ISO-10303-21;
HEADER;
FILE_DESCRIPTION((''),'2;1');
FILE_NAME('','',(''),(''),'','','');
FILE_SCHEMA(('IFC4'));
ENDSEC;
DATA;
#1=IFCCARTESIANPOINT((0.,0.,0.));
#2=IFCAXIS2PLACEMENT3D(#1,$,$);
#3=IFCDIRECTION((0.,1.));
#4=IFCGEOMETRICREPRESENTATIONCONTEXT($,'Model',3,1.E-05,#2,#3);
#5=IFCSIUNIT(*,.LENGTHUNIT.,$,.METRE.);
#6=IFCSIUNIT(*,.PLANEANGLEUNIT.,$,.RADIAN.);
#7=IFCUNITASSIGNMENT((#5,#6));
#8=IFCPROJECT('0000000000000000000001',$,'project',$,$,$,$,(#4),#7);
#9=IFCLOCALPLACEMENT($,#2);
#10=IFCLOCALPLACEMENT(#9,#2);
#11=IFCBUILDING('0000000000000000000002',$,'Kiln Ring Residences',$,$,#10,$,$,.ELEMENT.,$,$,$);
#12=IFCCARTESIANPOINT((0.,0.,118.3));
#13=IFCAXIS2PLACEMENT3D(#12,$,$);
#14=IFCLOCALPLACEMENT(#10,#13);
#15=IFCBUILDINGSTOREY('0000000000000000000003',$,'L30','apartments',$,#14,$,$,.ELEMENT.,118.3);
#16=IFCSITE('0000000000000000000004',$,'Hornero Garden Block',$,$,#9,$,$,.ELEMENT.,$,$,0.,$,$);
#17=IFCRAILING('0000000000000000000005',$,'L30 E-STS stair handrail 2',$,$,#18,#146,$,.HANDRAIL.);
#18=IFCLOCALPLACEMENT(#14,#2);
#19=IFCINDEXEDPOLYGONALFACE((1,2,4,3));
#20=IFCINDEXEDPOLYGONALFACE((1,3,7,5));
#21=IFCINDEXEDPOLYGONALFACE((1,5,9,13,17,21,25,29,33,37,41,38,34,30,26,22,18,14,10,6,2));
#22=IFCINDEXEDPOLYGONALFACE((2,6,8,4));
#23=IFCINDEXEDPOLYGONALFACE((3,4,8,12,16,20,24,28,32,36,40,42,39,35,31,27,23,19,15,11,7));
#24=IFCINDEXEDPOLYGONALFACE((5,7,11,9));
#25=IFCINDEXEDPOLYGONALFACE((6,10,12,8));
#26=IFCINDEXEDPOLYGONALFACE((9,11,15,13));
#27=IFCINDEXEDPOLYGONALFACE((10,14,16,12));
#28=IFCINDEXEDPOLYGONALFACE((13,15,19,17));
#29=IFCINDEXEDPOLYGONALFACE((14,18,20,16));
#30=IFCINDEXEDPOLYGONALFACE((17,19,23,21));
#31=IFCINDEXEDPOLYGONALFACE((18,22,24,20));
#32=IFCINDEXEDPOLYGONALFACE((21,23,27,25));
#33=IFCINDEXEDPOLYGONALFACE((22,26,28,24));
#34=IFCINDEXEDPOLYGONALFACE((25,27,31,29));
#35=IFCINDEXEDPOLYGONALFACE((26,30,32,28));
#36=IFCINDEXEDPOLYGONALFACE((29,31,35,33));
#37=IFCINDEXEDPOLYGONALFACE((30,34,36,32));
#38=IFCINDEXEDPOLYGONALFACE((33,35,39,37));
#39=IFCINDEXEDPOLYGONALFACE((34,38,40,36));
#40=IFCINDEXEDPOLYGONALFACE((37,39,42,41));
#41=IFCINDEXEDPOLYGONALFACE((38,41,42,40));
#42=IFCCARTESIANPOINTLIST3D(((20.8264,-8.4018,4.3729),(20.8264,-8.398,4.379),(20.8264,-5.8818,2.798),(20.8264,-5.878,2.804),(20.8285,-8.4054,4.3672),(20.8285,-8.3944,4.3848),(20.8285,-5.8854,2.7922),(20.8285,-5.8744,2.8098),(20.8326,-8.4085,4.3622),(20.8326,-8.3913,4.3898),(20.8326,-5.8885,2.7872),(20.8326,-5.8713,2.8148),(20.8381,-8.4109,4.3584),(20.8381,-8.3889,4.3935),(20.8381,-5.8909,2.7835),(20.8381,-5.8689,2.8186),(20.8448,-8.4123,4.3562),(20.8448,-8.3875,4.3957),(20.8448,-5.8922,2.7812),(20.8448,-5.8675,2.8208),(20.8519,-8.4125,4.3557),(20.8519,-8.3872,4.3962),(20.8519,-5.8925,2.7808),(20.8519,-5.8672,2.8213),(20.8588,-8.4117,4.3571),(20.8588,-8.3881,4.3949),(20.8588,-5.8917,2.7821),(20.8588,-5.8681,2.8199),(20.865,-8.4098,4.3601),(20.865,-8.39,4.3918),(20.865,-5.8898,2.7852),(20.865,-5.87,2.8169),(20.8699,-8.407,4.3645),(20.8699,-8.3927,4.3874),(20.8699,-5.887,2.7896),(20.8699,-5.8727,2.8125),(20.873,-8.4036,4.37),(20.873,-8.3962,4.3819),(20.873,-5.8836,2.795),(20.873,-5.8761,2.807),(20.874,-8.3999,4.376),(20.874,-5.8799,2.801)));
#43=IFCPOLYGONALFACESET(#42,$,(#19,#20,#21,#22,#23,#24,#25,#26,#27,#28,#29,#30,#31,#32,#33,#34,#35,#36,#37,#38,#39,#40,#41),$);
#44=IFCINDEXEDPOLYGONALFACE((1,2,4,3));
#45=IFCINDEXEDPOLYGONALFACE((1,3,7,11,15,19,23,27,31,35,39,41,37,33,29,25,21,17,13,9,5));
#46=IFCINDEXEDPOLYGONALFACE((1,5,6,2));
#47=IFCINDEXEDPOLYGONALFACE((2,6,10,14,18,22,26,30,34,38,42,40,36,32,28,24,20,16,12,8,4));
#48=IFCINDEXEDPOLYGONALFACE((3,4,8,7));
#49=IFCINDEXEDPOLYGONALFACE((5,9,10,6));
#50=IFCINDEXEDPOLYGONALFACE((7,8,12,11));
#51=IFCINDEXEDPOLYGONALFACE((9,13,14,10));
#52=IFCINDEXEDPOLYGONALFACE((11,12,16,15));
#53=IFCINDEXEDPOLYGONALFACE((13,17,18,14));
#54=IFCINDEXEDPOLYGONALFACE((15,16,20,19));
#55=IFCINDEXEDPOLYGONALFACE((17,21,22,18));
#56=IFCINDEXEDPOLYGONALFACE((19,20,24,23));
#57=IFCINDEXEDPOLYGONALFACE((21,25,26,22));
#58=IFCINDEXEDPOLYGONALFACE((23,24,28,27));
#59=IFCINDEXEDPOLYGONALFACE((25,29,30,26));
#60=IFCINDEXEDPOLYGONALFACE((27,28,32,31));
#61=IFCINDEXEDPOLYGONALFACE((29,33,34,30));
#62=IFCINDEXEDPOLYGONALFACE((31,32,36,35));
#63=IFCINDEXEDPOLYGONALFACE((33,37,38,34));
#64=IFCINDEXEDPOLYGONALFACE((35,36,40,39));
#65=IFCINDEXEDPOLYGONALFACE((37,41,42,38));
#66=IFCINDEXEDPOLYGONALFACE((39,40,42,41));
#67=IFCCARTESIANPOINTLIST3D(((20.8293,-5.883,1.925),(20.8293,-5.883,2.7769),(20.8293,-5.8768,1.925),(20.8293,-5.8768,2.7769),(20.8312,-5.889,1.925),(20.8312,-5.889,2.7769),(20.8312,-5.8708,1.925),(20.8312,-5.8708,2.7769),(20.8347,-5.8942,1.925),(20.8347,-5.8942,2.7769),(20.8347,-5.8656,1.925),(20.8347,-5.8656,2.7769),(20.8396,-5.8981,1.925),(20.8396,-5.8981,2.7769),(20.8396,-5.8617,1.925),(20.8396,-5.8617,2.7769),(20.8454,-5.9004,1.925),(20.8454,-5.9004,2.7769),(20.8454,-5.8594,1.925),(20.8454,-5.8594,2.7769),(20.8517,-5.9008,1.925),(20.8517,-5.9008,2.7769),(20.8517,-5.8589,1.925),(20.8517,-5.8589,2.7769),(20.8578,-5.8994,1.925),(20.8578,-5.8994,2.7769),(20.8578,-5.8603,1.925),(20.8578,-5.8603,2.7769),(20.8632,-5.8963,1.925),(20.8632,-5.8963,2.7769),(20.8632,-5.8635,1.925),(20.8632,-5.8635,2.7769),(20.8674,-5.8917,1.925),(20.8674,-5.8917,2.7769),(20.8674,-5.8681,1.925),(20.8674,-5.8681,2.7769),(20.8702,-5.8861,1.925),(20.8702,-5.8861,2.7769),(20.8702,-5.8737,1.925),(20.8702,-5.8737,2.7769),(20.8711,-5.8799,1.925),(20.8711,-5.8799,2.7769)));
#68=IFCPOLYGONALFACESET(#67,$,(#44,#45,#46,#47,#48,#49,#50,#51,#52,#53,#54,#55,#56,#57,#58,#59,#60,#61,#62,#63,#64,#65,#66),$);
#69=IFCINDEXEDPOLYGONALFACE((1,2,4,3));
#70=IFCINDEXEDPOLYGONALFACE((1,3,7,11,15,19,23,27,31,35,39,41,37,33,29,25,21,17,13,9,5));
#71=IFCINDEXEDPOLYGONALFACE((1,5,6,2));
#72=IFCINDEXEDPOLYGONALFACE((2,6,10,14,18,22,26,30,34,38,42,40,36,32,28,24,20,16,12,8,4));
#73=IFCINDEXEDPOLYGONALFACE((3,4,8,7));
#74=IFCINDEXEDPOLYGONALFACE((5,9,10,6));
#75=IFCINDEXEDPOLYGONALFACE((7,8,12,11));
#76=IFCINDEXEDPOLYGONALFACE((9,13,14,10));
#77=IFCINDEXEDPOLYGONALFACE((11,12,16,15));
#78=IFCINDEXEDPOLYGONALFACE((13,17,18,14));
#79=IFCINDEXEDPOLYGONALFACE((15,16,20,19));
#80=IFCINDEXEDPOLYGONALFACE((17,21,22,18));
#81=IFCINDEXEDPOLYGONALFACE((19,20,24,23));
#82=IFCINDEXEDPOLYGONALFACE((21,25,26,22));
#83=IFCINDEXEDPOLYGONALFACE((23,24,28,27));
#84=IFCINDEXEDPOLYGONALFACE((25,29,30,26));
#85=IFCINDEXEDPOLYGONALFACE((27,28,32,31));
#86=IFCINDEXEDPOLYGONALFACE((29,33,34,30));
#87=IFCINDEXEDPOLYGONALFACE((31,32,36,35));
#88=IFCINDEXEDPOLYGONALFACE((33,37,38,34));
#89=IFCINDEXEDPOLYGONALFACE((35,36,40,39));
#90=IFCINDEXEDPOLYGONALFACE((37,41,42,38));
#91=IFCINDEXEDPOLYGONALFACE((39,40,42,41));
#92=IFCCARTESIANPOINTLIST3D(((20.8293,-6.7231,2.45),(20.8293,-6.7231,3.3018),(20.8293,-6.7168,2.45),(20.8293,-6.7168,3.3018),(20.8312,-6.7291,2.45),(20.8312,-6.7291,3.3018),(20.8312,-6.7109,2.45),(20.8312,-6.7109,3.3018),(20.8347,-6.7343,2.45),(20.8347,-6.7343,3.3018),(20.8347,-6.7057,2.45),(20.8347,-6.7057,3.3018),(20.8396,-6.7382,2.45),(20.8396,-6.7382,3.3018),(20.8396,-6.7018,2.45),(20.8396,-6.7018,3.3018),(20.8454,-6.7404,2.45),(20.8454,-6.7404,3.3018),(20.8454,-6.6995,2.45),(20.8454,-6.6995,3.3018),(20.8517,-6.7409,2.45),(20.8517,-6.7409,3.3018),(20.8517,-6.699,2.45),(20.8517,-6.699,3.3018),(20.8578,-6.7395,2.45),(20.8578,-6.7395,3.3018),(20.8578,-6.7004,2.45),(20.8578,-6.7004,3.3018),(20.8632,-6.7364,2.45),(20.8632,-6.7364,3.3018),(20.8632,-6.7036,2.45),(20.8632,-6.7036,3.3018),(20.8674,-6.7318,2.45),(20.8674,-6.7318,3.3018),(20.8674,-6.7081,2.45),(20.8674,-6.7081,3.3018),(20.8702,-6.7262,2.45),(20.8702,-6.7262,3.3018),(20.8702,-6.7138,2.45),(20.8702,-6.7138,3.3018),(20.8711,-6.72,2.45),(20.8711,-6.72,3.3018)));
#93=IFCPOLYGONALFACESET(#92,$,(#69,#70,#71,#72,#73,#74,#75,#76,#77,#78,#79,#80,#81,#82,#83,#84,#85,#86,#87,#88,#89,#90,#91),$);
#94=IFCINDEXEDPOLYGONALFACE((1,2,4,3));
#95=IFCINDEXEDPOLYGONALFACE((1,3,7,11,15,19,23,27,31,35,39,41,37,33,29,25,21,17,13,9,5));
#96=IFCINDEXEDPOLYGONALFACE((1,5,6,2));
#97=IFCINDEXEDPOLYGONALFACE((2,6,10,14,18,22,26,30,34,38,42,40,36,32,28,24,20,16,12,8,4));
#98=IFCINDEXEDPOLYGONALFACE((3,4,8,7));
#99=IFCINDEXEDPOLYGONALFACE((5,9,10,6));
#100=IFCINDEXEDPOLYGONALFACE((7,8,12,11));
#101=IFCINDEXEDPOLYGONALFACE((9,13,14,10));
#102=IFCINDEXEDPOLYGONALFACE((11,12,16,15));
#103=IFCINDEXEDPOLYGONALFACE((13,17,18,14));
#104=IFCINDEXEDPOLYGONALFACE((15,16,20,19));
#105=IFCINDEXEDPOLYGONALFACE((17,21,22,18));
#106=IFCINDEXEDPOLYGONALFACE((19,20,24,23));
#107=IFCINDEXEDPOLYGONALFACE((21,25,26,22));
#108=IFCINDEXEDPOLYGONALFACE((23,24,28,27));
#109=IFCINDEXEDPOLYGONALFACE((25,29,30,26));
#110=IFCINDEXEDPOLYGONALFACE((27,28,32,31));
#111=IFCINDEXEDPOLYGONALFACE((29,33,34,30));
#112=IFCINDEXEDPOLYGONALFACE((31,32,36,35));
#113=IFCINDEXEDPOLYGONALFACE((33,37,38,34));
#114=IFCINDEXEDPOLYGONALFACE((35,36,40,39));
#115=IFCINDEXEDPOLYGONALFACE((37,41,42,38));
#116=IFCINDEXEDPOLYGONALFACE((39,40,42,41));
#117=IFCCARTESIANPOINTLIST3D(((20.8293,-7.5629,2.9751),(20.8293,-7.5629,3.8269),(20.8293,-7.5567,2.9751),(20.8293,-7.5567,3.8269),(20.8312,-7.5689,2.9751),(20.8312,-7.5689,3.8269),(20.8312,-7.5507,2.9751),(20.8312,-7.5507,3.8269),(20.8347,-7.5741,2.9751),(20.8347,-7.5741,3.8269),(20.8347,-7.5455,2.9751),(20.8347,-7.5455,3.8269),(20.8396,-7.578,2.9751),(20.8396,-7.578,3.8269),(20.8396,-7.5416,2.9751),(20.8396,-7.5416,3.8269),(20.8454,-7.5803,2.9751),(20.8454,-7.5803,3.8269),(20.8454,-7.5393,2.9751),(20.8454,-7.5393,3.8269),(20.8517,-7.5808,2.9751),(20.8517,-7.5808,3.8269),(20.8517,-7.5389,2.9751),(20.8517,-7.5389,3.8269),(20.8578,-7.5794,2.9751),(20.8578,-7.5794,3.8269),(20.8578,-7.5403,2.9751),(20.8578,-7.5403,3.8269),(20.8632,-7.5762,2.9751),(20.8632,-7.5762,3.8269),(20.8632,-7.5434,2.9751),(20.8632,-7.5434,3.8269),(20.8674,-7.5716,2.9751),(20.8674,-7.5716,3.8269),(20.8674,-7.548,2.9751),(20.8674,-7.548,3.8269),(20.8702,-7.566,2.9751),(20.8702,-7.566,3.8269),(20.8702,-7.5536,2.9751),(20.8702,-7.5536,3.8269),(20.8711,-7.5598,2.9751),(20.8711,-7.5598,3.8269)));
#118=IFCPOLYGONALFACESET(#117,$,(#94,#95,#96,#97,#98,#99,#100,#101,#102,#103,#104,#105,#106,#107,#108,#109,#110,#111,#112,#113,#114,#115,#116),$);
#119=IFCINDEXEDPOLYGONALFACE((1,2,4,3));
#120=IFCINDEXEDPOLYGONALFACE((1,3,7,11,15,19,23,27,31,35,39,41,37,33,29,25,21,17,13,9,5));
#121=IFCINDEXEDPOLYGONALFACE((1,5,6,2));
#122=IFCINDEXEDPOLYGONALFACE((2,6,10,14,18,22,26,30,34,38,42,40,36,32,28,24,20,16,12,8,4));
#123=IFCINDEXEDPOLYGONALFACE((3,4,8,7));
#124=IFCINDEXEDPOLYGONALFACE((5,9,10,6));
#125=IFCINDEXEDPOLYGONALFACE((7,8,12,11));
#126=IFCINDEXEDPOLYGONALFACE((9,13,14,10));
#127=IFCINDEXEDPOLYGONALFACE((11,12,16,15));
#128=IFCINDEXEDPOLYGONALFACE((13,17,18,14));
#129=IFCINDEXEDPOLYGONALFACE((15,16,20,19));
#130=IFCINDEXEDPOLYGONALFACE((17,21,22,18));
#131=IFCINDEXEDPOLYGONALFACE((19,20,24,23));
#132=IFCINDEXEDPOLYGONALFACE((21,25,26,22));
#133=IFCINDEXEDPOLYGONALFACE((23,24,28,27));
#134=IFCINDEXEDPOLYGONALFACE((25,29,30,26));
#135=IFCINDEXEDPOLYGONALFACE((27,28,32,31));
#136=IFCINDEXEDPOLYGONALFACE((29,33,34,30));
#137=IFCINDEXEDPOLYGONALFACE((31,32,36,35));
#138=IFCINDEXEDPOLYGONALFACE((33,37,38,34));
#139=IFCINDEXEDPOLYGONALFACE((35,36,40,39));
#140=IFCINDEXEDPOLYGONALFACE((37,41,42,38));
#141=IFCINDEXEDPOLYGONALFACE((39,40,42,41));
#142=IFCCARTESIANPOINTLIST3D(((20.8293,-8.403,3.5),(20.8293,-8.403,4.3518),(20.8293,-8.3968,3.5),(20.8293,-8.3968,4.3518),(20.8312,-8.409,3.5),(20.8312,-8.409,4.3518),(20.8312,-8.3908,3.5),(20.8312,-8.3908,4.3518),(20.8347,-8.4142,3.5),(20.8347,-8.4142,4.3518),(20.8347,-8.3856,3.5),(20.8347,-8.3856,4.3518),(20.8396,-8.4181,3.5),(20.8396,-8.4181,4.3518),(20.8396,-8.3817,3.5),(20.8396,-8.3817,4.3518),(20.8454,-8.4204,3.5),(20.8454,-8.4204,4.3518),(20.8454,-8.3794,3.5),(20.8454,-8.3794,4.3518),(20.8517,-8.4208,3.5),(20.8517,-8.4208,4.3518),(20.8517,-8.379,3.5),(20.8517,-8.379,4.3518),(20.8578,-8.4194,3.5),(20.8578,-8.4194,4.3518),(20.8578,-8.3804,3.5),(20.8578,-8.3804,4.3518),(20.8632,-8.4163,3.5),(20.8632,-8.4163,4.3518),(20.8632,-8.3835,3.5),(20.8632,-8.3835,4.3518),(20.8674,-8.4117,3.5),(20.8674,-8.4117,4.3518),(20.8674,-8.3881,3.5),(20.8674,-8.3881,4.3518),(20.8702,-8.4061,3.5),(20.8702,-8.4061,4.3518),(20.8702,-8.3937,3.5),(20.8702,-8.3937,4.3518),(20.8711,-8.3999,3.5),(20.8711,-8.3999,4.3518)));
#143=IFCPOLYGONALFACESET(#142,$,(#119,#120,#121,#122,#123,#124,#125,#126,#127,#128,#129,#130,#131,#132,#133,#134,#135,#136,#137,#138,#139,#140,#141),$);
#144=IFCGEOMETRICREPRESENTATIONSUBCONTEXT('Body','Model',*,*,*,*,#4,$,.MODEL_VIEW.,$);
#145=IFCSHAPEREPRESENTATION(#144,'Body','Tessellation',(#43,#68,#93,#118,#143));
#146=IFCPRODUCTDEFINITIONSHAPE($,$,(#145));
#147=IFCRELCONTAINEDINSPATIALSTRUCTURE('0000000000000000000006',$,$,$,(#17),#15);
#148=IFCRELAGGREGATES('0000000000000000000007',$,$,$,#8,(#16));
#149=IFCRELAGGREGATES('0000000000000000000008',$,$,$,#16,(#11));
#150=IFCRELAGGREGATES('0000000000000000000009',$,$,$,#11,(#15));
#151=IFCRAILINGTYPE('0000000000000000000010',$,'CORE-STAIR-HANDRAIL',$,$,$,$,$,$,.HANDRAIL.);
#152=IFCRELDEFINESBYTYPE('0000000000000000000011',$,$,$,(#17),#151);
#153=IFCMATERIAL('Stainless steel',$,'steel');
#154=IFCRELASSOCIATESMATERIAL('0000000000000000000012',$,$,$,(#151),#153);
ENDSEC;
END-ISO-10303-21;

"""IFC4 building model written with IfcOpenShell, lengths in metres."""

from ifc_helpers import new_model, si_unit, direction, frame, origin, origin_2d, place, context, subcontext, project, spatial, circle, extrude, material, type_object, element, save


model = new_model("IFC4")

# Units and contexts
model_context = context("Model", 3, precision=1e-05, world=origin(), true_north=direction((0.0, 1.0)))
body_context = subcontext(model_context, "Body", "Model", "MODEL_VIEW")
ifc_project = project(units=[si_unit("LENGTHUNIT", "METRE"), si_unit("PLANEANGLEUNIT", "RADIAN")], contexts=[model_context])

# Site, building, storey
site_placement = place(None, origin())
site = spatial("IfcSite", under=ifc_project, at=site_placement, Name="Hornero Garden Block", CompositionType="ELEMENT", RefElevation=0.0)
building_placement = place(site_placement, origin())
building = spatial("IfcBuilding", under=site, at=building_placement, Name="Kiln Ring Residences", CompositionType="ELEMENT")
storey_placement = place(building_placement, frame((0.0, 0.0, 118.3)))
storey = spatial("IfcBuildingStorey", under=building, at=storey_placement, Name="L30", Description="apartments", CompositionType="ELEMENT", Elevation=118.3)

# Railing
ifc_material_1 = material(Name="Stainless steel", Category="steel")
railing_type_1 = type_object("IfcRailingType", Name="CORE-STAIR-HANDRAIL", PredefinedType="HANDRAIL", material=ifc_material_1)
railing_1_placement = place(storey_placement, frame((20.8501, -5.8799, 1.925)))
element("IfcRailing", 1, at=railing_1_placement, inside=storey, type_object=railing_type_1, Name="L30 E-STS stair handrail 2", PredefinedType="HANDRAIL", context=body_context, shape_type="SweptSolid", body=[
    extrude(circle(Radius=0.0239, at=origin_2d()), frame((0.0, 0.0, 0.876), z_axis=(0.0, -0.848008, 0.529984), x_axis=(1.0, 0.0, 0.0)), (0.0, 0.0, 1.0), 2.9717),
    extrude(circle(Radius=0.021, at=origin_2d()), origin(), (0.0, 0.0, 1.0), 0.8518),
    extrude(circle(Radius=0.021, at=origin_2d()), frame((0.0, -0.8401, 0.5249)), (0.0, 0.0, 1.0), 0.8518),
    extrude(circle(Radius=0.021, at=origin_2d()), frame((0.0, -1.6799, 1.05)), (0.0, 0.0, 1.0), 0.8518),
    extrude(circle(Radius=0.021, at=origin_2d()), frame((0.0, -2.52, 1.575)), (0.0, 0.0, 1.0), 0.8518),
])

save(model, "model.ifc")
